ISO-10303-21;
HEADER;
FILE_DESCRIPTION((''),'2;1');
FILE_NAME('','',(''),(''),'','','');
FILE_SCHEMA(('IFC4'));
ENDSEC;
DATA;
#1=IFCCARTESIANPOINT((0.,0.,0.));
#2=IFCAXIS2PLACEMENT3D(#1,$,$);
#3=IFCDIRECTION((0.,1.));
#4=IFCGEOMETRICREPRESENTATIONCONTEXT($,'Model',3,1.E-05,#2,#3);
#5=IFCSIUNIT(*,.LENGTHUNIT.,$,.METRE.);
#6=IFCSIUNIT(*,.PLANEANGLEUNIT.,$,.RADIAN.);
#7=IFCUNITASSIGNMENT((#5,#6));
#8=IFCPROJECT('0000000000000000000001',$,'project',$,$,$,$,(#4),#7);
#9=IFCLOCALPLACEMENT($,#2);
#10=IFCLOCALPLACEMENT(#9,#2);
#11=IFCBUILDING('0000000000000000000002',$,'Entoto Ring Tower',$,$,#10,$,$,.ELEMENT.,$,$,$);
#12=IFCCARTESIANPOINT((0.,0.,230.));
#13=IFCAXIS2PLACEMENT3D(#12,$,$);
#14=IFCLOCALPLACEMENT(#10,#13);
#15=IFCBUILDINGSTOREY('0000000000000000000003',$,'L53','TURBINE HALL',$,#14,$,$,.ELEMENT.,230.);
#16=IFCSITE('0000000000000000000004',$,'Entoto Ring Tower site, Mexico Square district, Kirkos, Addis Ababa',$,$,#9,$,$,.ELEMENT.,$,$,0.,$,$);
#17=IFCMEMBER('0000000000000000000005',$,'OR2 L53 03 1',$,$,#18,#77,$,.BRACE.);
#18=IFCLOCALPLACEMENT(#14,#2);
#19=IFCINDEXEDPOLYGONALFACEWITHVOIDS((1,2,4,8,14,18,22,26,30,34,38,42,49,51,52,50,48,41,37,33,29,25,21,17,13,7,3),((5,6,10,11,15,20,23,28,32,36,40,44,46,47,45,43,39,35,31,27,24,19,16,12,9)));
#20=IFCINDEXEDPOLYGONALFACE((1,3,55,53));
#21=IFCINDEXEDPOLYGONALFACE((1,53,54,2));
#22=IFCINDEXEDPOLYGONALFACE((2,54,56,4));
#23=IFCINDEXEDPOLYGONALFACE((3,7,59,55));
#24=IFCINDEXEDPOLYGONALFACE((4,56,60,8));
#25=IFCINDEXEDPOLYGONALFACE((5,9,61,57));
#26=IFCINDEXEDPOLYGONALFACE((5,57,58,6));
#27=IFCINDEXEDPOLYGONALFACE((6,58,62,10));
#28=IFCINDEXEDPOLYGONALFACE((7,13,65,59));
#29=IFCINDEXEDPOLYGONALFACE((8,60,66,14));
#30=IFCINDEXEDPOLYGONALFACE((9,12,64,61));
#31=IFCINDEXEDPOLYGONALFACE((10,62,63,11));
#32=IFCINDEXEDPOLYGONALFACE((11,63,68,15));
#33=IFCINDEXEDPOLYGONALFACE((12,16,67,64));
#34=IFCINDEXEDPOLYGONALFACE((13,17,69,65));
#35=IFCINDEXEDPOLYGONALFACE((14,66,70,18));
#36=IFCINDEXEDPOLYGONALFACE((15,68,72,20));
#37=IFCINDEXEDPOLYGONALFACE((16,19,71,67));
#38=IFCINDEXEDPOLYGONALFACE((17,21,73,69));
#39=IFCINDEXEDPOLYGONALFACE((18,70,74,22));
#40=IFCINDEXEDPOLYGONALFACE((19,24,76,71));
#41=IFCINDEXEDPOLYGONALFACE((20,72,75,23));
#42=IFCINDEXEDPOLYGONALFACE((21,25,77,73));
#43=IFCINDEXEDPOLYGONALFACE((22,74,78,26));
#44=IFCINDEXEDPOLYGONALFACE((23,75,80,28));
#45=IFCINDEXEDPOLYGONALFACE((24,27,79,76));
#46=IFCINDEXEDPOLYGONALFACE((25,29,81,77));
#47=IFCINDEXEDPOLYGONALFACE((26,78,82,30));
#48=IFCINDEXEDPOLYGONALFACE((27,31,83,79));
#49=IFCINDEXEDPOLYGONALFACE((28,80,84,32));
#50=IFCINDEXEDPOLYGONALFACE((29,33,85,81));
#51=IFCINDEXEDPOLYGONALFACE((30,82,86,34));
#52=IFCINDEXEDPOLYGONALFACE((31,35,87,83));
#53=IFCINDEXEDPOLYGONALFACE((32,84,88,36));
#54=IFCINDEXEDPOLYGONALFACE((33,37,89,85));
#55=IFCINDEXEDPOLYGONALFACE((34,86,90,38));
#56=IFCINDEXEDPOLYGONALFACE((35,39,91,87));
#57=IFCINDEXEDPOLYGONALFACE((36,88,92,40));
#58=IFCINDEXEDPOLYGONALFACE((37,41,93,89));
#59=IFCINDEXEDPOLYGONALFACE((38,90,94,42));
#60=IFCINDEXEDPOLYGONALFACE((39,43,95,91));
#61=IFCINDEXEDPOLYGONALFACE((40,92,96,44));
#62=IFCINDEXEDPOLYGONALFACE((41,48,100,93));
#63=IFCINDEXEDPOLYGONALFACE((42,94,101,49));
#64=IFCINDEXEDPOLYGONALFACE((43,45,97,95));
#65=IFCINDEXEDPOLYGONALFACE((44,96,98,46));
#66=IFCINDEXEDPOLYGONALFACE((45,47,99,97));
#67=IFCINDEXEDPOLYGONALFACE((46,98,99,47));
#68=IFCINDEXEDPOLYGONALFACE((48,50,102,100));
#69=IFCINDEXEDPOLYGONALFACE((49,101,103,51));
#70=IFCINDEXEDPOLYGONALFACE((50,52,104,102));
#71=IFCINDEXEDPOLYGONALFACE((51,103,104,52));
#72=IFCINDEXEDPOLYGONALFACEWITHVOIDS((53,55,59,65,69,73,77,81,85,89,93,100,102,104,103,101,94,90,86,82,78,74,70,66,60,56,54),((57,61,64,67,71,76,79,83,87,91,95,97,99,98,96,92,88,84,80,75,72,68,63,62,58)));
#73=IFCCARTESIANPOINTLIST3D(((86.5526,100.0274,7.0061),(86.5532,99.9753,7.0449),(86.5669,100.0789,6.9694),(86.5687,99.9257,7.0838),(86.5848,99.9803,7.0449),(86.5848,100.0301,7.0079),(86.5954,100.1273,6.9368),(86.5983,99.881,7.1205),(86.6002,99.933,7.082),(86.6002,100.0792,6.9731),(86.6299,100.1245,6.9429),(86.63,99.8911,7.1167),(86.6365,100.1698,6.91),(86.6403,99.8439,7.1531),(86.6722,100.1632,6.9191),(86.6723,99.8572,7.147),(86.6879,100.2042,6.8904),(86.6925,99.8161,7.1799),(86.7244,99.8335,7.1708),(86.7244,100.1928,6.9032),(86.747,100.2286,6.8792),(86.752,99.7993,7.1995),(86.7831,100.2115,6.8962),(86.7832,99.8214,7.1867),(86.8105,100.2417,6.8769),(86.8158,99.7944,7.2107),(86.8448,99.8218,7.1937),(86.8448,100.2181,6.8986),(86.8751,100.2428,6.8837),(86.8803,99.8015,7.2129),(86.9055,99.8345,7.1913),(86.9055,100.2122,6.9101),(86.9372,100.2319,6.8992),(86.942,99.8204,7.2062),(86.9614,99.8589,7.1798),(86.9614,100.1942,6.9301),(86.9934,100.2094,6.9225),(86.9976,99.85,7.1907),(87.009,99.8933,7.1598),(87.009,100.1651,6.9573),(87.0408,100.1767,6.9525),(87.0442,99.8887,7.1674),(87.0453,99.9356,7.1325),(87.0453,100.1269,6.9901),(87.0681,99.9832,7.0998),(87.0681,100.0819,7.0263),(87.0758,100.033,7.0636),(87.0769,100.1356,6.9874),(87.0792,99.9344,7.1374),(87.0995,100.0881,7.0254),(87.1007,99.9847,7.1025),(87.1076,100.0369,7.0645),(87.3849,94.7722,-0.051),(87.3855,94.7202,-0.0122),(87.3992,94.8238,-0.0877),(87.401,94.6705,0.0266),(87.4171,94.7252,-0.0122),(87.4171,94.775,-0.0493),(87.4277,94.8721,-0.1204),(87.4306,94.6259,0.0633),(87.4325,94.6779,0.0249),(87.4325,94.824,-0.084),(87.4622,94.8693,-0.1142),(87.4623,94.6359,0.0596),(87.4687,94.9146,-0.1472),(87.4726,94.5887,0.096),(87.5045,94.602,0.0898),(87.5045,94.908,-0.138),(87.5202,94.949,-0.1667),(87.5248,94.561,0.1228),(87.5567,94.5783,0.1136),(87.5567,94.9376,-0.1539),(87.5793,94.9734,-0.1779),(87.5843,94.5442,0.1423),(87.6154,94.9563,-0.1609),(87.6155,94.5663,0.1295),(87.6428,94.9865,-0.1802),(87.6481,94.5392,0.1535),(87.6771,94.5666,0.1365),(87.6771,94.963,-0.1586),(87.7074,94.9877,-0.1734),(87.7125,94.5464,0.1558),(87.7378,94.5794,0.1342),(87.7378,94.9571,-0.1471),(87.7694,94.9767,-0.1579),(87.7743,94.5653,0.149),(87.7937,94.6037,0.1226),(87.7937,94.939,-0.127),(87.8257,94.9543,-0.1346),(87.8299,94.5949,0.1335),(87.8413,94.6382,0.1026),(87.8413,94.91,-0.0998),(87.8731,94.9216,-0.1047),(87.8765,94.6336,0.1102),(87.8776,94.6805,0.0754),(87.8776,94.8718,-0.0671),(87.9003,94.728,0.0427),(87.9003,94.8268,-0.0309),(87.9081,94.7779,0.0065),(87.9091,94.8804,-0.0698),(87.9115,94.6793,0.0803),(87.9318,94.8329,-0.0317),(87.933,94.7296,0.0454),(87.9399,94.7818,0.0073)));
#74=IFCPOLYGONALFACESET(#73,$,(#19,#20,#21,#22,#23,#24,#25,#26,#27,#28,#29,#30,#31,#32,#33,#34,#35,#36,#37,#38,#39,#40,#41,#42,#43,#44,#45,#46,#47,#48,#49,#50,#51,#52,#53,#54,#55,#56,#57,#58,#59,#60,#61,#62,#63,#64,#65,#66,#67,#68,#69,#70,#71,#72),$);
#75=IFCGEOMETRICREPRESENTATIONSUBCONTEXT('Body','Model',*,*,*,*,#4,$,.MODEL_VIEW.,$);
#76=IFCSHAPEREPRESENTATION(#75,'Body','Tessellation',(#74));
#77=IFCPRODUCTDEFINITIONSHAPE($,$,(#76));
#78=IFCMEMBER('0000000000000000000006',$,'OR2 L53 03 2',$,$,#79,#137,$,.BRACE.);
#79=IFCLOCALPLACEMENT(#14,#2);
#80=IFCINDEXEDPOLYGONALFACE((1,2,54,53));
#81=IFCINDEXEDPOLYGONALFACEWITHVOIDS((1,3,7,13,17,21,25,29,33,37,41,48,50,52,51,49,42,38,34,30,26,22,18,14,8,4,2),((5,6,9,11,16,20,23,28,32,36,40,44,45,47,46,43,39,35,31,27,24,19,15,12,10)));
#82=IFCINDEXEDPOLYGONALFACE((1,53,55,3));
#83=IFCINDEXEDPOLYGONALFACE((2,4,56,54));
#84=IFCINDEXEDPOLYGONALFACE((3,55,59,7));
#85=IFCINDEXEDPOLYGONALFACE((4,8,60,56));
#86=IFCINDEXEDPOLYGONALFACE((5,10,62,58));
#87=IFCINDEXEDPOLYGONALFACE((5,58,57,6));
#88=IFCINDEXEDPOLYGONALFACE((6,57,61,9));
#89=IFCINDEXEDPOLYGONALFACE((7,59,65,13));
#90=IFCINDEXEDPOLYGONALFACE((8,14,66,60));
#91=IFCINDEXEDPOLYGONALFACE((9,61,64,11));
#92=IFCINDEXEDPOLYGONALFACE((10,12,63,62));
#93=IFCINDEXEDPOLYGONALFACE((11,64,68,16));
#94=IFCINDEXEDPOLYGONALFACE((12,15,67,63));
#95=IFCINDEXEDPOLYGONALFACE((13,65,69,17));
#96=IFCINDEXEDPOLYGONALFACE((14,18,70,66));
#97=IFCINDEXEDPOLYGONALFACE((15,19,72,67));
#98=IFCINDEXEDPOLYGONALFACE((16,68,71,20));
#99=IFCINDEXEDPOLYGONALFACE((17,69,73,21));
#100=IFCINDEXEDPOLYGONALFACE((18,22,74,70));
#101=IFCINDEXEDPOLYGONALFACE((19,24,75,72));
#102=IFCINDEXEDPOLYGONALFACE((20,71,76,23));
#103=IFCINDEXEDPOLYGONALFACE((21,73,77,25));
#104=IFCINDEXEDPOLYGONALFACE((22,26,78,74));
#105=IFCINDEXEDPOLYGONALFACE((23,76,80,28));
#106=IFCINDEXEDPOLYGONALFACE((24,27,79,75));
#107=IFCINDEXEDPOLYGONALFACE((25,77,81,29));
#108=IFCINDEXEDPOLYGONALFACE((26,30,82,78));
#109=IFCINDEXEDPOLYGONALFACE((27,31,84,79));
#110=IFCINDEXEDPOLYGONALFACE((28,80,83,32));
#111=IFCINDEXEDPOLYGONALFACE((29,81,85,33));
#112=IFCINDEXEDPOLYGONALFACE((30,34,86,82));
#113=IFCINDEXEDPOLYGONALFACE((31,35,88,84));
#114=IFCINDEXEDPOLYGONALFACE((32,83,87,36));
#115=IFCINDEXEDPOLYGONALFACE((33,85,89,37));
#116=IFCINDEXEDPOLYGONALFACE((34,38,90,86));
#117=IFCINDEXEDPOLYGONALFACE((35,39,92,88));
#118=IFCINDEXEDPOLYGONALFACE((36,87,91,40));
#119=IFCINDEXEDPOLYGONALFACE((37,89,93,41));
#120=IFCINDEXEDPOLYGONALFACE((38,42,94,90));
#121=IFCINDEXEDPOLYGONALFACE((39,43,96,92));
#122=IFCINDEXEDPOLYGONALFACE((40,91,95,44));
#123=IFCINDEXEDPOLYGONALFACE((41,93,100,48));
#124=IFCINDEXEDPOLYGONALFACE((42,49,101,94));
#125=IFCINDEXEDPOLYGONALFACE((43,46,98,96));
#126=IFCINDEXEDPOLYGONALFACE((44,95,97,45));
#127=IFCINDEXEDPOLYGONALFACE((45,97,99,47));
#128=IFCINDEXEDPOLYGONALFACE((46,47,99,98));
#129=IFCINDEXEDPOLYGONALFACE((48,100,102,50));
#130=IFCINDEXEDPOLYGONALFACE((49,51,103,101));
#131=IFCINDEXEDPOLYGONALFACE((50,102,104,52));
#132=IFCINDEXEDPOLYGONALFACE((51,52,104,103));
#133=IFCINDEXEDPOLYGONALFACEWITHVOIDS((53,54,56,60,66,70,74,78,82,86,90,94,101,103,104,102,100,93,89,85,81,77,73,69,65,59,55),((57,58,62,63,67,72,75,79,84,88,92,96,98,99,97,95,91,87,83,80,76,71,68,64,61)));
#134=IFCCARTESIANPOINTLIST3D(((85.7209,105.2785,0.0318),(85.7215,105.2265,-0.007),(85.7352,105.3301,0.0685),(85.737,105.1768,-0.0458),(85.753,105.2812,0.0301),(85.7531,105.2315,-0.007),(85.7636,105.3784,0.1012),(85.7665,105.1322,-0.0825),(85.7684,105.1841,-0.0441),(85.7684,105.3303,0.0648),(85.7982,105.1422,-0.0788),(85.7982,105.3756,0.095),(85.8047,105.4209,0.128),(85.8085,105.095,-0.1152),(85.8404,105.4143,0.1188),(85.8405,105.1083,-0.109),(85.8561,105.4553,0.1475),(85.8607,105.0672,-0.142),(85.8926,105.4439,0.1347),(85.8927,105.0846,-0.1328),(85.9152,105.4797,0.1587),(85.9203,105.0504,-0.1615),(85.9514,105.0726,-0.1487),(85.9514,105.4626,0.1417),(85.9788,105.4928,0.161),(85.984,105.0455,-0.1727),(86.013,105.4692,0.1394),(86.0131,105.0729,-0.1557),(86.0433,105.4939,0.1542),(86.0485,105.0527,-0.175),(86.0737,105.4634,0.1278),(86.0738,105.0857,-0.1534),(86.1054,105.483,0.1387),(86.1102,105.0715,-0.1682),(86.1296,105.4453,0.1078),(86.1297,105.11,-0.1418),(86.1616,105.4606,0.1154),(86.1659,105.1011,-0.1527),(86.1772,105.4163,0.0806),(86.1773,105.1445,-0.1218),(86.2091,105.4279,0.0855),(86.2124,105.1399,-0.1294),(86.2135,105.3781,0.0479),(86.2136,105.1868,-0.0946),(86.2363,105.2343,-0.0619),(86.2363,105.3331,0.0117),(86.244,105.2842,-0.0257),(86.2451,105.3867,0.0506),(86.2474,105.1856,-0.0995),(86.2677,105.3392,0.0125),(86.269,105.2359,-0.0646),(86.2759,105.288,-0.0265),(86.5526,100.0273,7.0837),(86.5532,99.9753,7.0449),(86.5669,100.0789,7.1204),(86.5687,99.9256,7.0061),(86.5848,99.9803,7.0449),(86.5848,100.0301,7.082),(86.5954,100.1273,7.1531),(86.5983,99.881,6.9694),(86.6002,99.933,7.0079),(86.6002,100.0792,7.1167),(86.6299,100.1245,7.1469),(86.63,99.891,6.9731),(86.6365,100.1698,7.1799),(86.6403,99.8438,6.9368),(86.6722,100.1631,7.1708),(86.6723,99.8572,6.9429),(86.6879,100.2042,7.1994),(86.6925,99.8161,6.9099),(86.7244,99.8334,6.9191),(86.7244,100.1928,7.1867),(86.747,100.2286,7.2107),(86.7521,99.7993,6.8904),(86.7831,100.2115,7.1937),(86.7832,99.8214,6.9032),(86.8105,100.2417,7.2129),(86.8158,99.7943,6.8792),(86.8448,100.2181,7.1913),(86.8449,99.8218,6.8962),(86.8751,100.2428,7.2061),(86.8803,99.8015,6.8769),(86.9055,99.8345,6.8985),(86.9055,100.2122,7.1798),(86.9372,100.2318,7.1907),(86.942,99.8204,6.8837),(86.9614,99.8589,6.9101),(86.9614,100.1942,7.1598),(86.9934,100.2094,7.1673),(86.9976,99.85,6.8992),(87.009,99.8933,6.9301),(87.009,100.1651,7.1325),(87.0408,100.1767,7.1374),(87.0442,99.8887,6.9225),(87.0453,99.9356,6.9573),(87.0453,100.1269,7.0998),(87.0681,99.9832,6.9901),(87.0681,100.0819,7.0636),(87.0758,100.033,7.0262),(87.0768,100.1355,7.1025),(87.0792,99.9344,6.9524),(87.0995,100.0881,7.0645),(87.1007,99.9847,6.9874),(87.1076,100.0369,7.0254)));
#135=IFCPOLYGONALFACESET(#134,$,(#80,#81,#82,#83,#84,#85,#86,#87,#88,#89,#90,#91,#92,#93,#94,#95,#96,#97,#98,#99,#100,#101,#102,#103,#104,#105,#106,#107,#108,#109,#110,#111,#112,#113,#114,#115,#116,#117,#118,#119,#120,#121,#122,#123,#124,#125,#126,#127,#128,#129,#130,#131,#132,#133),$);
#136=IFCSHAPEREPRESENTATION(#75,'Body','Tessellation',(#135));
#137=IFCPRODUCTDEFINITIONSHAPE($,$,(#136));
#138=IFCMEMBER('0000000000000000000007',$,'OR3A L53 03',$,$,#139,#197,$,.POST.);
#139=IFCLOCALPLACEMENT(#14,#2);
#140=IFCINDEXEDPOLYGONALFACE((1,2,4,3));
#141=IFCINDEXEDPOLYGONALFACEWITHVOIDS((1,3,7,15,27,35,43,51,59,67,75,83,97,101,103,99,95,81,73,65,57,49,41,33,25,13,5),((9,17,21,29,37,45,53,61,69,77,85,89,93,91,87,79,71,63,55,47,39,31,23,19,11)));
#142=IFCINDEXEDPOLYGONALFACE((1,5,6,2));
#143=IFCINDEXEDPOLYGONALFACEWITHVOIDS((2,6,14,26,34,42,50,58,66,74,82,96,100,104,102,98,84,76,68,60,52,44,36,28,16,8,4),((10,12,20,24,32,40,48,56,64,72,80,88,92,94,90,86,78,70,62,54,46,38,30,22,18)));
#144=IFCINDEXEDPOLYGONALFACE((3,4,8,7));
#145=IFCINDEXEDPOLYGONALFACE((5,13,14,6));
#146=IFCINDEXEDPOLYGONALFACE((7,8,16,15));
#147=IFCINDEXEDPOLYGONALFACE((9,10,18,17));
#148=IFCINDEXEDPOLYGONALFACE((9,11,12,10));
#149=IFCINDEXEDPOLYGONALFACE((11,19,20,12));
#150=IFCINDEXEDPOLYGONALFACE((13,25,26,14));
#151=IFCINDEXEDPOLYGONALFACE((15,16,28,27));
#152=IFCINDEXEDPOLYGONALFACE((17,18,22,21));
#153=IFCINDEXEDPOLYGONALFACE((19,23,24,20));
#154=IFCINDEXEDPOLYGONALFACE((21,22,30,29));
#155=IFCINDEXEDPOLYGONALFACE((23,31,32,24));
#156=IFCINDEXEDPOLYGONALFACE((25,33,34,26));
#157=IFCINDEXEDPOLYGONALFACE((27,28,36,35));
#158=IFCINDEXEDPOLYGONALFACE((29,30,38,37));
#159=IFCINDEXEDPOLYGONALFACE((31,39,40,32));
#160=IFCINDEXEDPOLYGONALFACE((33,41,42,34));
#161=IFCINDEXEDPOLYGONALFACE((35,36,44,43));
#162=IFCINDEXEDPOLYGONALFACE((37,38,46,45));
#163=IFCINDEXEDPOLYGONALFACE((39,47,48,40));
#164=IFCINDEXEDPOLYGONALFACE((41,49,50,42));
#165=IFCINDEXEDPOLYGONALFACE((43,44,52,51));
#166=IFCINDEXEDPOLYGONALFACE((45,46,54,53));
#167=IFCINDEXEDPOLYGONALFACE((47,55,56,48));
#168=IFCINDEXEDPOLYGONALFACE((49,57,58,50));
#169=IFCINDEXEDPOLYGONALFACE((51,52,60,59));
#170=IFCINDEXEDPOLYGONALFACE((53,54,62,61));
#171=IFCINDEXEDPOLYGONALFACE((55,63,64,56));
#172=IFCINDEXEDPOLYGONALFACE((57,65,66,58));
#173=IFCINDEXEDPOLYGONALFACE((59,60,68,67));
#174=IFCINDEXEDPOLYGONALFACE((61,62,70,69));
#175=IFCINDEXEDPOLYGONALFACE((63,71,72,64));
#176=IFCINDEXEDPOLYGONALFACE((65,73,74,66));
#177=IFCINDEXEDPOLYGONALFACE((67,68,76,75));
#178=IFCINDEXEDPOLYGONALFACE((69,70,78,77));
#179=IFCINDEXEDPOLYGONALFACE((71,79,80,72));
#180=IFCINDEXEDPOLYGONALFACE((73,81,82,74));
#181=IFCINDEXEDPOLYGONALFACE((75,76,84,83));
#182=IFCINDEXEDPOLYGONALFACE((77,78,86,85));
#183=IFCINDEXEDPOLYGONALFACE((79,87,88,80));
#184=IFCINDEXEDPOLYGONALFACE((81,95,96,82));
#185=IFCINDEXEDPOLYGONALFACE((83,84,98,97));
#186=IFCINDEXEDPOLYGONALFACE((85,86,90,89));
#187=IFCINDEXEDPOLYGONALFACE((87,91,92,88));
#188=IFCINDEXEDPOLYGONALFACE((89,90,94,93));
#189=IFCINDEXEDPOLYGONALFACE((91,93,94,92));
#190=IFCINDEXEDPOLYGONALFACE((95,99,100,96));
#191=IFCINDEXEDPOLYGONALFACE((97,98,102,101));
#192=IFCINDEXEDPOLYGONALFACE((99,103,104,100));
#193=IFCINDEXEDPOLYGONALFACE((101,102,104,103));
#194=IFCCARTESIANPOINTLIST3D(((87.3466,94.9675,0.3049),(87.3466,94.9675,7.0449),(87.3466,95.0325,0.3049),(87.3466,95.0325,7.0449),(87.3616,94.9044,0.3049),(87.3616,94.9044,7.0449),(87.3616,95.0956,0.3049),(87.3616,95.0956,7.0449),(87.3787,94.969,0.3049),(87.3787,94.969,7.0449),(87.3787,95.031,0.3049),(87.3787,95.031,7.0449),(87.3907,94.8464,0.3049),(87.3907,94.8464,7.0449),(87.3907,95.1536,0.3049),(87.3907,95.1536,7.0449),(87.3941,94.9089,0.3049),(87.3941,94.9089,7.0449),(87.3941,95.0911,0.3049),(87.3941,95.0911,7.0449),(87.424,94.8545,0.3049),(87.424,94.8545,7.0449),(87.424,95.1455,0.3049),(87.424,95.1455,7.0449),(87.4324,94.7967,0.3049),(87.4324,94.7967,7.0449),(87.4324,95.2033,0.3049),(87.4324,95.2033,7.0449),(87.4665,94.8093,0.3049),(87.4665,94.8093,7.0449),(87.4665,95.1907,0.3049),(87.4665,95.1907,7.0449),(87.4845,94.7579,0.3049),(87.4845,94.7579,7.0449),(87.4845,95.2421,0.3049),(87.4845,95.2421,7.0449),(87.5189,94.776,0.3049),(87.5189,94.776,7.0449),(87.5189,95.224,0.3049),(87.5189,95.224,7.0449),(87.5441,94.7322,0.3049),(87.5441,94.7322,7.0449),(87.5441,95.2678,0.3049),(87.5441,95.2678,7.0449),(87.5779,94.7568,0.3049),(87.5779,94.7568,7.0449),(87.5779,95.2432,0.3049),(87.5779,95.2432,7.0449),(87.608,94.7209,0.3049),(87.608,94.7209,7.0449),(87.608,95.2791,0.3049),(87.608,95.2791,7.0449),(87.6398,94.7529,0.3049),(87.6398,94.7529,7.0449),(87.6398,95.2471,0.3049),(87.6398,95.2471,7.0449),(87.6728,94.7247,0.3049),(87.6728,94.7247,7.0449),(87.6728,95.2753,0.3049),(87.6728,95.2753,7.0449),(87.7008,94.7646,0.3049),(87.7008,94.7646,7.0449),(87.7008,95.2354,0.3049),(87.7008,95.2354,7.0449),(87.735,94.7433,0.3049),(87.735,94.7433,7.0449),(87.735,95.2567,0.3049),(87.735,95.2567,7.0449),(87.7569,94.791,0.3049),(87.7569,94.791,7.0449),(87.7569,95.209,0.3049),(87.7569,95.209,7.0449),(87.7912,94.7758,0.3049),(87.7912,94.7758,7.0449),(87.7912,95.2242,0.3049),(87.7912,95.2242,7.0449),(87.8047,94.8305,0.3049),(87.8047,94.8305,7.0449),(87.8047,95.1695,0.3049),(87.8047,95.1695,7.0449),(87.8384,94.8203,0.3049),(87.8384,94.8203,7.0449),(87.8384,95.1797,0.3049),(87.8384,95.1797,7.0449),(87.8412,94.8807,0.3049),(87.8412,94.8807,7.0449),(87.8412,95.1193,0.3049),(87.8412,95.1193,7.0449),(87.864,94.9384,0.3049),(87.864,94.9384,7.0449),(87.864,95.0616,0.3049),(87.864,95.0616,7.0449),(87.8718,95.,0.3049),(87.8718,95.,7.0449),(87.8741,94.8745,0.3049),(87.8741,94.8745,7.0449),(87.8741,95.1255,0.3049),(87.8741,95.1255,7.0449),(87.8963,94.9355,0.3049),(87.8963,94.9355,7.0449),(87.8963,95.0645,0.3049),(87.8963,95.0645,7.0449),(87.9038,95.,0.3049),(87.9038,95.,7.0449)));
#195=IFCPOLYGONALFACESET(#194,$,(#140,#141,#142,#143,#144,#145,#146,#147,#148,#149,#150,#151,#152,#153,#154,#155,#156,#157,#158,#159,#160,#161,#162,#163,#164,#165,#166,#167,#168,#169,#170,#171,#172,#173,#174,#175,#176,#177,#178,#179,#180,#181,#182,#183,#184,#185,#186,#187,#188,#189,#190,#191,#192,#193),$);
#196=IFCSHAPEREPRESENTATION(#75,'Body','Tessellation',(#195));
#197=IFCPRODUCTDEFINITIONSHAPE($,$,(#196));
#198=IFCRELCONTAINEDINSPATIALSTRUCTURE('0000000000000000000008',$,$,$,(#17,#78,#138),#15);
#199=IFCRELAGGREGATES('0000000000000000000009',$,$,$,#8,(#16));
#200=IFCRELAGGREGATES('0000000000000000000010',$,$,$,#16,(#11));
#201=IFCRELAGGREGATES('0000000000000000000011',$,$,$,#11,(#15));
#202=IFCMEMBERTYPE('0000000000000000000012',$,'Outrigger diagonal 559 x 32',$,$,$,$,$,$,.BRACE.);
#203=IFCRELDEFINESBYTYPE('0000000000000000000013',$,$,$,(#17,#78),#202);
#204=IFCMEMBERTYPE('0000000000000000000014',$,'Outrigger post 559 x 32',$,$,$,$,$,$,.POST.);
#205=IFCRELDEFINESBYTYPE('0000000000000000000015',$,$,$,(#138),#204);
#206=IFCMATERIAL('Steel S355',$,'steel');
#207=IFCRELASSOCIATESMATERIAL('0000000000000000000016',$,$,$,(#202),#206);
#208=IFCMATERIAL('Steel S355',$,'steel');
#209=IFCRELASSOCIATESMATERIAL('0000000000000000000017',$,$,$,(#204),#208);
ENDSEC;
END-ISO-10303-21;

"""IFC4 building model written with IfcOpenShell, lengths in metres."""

from ifc_helpers import new_model, si_unit, direction, frame, origin, origin_2d, place, context, subcontext, project, spatial, circle, hollow_circle, extrude, material, material_profile, profile_set, type_object, element, save


model = new_model("IFC4")

# Units and contexts
model_context = context("Model", 3, precision=1e-05, world=origin(), true_north=direction((0.0, 1.0)))
body_context = subcontext(model_context, "Body", "Model", "MODEL_VIEW")
ifc_project = project(units=[si_unit("LENGTHUNIT", "METRE"), si_unit("PLANEANGLEUNIT", "RADIAN")], contexts=[model_context])

# Site, building, storey
site_placement = place(None, origin())
site = spatial("IfcSite", under=ifc_project, at=site_placement, Name="Entoto Ring Tower site, Mexico Square district, Kirkos, Addis Ababa", CompositionType="ELEMENT", RefElevation=0.0)
building_placement = place(site_placement, origin())
building = spatial("IfcBuilding", under=site, at=building_placement, Name="Entoto Ring Tower", CompositionType="ELEMENT")
storey_placement = place(building_placement, frame((0.0, 0.0, 230.0)))
storey = spatial("IfcBuildingStorey", under=building, at=storey_placement, Name="L53", Description="TURBINE HALL", CompositionType="ELEMENT", Elevation=230.0)

# Members
ifc_material_1 = material(Name="Steel S355", Category="steel")
ifc_material_profile_1 = material_profile(ifc_material_1, hollow_circle(Radius=0.2795, WallThickness=0.032, at=origin_2d()), Name="CHS 559 x 32")
ifc_material_2 = material(Name="Concrete C60/75", Category="concrete")
ifc_material_profile_2 = material_profile(ifc_material_2, circle(Radius=0.2476, at=origin_2d()), Name="Concrete C60/75 infill")
ifc_profile_set_1 = profile_set([ifc_material_profile_1, ifc_material_profile_2], Name="Steel S355")
member_type_1 = type_object("IfcMemberType", Name="Outrigger diagonal 559 x 32", PredefinedType="BRACE", material=ifc_profile_set_1)
member_1_placement = place(storey_placement, frame((87.6616, 94.7639, -0.0122), z_axis=(-0.094169, 0.594599, 0.798489), x_axis=(-0.98769, -0.156424, 0.0)))
element("IfcMember", 1, at=member_1_placement, inside=storey, type_object=member_type_1, Name="OR2 L53 03 1", PredefinedType="BRACE", context=body_context, shape_type="SweptSolid", body=[
    extrude(hollow_circle(Radius=0.2795, WallThickness=0.032, at=origin_2d()), origin(), (0.0, 0.0, 1.0), 8.8381),
])
member_2_placement = place(storey_placement, frame((86.8293, 100.019, 7.0449), z_axis=(-0.094183, 0.594592, -0.798493), x_axis=(-0.987686, -0.156448, 0.0)))
element("IfcMember", 2, at=member_2_placement, inside=storey, type_object=member_type_1, Name="OR2 L53 03 2", PredefinedType="BRACE", context=body_context, shape_type="SweptSolid", body=[
    extrude(hollow_circle(Radius=0.2795, WallThickness=0.032, at=origin_2d()), origin(), (0.0, 0.0, 1.0), 8.8315),
])
ifc_material_3 = material(Name="Steel S355", Category="steel")
ifc_material_profile_3 = material_profile(ifc_material_3, hollow_circle(Radius=0.2795, WallThickness=0.032, at=origin_2d()), Name="CHS 559 x 32")
ifc_material_4 = material(Name="Concrete C60/75", Category="concrete")
ifc_material_profile_4 = material_profile(ifc_material_4, circle(Radius=0.2476, at=origin_2d()), Name="Concrete C60/75 infill")
ifc_profile_set_2 = profile_set([ifc_material_profile_3, ifc_material_profile_4], Name="Steel S355")
member_type_2 = type_object("IfcMemberType", Name="Outrigger post 559 x 32", PredefinedType="POST", material=ifc_profile_set_2)
member_3_placement = place(storey_placement, frame((87.6243, 95.0, 0.3049), z_axis=(0.0, 0.0, 1.0), x_axis=(1.0, 0.0, 0.0)))
element("IfcMember", 3, at=member_3_placement, inside=storey, type_object=member_type_2, Name="OR3A L53 03", PredefinedType="POST", context=body_context, shape_type="SweptSolid", body=[
    extrude(hollow_circle(Radius=0.2795, WallThickness=0.032, at=origin_2d()), origin(), (0.0, 0.0, 1.0), 6.74),
])

save(model, "model.ifc")
